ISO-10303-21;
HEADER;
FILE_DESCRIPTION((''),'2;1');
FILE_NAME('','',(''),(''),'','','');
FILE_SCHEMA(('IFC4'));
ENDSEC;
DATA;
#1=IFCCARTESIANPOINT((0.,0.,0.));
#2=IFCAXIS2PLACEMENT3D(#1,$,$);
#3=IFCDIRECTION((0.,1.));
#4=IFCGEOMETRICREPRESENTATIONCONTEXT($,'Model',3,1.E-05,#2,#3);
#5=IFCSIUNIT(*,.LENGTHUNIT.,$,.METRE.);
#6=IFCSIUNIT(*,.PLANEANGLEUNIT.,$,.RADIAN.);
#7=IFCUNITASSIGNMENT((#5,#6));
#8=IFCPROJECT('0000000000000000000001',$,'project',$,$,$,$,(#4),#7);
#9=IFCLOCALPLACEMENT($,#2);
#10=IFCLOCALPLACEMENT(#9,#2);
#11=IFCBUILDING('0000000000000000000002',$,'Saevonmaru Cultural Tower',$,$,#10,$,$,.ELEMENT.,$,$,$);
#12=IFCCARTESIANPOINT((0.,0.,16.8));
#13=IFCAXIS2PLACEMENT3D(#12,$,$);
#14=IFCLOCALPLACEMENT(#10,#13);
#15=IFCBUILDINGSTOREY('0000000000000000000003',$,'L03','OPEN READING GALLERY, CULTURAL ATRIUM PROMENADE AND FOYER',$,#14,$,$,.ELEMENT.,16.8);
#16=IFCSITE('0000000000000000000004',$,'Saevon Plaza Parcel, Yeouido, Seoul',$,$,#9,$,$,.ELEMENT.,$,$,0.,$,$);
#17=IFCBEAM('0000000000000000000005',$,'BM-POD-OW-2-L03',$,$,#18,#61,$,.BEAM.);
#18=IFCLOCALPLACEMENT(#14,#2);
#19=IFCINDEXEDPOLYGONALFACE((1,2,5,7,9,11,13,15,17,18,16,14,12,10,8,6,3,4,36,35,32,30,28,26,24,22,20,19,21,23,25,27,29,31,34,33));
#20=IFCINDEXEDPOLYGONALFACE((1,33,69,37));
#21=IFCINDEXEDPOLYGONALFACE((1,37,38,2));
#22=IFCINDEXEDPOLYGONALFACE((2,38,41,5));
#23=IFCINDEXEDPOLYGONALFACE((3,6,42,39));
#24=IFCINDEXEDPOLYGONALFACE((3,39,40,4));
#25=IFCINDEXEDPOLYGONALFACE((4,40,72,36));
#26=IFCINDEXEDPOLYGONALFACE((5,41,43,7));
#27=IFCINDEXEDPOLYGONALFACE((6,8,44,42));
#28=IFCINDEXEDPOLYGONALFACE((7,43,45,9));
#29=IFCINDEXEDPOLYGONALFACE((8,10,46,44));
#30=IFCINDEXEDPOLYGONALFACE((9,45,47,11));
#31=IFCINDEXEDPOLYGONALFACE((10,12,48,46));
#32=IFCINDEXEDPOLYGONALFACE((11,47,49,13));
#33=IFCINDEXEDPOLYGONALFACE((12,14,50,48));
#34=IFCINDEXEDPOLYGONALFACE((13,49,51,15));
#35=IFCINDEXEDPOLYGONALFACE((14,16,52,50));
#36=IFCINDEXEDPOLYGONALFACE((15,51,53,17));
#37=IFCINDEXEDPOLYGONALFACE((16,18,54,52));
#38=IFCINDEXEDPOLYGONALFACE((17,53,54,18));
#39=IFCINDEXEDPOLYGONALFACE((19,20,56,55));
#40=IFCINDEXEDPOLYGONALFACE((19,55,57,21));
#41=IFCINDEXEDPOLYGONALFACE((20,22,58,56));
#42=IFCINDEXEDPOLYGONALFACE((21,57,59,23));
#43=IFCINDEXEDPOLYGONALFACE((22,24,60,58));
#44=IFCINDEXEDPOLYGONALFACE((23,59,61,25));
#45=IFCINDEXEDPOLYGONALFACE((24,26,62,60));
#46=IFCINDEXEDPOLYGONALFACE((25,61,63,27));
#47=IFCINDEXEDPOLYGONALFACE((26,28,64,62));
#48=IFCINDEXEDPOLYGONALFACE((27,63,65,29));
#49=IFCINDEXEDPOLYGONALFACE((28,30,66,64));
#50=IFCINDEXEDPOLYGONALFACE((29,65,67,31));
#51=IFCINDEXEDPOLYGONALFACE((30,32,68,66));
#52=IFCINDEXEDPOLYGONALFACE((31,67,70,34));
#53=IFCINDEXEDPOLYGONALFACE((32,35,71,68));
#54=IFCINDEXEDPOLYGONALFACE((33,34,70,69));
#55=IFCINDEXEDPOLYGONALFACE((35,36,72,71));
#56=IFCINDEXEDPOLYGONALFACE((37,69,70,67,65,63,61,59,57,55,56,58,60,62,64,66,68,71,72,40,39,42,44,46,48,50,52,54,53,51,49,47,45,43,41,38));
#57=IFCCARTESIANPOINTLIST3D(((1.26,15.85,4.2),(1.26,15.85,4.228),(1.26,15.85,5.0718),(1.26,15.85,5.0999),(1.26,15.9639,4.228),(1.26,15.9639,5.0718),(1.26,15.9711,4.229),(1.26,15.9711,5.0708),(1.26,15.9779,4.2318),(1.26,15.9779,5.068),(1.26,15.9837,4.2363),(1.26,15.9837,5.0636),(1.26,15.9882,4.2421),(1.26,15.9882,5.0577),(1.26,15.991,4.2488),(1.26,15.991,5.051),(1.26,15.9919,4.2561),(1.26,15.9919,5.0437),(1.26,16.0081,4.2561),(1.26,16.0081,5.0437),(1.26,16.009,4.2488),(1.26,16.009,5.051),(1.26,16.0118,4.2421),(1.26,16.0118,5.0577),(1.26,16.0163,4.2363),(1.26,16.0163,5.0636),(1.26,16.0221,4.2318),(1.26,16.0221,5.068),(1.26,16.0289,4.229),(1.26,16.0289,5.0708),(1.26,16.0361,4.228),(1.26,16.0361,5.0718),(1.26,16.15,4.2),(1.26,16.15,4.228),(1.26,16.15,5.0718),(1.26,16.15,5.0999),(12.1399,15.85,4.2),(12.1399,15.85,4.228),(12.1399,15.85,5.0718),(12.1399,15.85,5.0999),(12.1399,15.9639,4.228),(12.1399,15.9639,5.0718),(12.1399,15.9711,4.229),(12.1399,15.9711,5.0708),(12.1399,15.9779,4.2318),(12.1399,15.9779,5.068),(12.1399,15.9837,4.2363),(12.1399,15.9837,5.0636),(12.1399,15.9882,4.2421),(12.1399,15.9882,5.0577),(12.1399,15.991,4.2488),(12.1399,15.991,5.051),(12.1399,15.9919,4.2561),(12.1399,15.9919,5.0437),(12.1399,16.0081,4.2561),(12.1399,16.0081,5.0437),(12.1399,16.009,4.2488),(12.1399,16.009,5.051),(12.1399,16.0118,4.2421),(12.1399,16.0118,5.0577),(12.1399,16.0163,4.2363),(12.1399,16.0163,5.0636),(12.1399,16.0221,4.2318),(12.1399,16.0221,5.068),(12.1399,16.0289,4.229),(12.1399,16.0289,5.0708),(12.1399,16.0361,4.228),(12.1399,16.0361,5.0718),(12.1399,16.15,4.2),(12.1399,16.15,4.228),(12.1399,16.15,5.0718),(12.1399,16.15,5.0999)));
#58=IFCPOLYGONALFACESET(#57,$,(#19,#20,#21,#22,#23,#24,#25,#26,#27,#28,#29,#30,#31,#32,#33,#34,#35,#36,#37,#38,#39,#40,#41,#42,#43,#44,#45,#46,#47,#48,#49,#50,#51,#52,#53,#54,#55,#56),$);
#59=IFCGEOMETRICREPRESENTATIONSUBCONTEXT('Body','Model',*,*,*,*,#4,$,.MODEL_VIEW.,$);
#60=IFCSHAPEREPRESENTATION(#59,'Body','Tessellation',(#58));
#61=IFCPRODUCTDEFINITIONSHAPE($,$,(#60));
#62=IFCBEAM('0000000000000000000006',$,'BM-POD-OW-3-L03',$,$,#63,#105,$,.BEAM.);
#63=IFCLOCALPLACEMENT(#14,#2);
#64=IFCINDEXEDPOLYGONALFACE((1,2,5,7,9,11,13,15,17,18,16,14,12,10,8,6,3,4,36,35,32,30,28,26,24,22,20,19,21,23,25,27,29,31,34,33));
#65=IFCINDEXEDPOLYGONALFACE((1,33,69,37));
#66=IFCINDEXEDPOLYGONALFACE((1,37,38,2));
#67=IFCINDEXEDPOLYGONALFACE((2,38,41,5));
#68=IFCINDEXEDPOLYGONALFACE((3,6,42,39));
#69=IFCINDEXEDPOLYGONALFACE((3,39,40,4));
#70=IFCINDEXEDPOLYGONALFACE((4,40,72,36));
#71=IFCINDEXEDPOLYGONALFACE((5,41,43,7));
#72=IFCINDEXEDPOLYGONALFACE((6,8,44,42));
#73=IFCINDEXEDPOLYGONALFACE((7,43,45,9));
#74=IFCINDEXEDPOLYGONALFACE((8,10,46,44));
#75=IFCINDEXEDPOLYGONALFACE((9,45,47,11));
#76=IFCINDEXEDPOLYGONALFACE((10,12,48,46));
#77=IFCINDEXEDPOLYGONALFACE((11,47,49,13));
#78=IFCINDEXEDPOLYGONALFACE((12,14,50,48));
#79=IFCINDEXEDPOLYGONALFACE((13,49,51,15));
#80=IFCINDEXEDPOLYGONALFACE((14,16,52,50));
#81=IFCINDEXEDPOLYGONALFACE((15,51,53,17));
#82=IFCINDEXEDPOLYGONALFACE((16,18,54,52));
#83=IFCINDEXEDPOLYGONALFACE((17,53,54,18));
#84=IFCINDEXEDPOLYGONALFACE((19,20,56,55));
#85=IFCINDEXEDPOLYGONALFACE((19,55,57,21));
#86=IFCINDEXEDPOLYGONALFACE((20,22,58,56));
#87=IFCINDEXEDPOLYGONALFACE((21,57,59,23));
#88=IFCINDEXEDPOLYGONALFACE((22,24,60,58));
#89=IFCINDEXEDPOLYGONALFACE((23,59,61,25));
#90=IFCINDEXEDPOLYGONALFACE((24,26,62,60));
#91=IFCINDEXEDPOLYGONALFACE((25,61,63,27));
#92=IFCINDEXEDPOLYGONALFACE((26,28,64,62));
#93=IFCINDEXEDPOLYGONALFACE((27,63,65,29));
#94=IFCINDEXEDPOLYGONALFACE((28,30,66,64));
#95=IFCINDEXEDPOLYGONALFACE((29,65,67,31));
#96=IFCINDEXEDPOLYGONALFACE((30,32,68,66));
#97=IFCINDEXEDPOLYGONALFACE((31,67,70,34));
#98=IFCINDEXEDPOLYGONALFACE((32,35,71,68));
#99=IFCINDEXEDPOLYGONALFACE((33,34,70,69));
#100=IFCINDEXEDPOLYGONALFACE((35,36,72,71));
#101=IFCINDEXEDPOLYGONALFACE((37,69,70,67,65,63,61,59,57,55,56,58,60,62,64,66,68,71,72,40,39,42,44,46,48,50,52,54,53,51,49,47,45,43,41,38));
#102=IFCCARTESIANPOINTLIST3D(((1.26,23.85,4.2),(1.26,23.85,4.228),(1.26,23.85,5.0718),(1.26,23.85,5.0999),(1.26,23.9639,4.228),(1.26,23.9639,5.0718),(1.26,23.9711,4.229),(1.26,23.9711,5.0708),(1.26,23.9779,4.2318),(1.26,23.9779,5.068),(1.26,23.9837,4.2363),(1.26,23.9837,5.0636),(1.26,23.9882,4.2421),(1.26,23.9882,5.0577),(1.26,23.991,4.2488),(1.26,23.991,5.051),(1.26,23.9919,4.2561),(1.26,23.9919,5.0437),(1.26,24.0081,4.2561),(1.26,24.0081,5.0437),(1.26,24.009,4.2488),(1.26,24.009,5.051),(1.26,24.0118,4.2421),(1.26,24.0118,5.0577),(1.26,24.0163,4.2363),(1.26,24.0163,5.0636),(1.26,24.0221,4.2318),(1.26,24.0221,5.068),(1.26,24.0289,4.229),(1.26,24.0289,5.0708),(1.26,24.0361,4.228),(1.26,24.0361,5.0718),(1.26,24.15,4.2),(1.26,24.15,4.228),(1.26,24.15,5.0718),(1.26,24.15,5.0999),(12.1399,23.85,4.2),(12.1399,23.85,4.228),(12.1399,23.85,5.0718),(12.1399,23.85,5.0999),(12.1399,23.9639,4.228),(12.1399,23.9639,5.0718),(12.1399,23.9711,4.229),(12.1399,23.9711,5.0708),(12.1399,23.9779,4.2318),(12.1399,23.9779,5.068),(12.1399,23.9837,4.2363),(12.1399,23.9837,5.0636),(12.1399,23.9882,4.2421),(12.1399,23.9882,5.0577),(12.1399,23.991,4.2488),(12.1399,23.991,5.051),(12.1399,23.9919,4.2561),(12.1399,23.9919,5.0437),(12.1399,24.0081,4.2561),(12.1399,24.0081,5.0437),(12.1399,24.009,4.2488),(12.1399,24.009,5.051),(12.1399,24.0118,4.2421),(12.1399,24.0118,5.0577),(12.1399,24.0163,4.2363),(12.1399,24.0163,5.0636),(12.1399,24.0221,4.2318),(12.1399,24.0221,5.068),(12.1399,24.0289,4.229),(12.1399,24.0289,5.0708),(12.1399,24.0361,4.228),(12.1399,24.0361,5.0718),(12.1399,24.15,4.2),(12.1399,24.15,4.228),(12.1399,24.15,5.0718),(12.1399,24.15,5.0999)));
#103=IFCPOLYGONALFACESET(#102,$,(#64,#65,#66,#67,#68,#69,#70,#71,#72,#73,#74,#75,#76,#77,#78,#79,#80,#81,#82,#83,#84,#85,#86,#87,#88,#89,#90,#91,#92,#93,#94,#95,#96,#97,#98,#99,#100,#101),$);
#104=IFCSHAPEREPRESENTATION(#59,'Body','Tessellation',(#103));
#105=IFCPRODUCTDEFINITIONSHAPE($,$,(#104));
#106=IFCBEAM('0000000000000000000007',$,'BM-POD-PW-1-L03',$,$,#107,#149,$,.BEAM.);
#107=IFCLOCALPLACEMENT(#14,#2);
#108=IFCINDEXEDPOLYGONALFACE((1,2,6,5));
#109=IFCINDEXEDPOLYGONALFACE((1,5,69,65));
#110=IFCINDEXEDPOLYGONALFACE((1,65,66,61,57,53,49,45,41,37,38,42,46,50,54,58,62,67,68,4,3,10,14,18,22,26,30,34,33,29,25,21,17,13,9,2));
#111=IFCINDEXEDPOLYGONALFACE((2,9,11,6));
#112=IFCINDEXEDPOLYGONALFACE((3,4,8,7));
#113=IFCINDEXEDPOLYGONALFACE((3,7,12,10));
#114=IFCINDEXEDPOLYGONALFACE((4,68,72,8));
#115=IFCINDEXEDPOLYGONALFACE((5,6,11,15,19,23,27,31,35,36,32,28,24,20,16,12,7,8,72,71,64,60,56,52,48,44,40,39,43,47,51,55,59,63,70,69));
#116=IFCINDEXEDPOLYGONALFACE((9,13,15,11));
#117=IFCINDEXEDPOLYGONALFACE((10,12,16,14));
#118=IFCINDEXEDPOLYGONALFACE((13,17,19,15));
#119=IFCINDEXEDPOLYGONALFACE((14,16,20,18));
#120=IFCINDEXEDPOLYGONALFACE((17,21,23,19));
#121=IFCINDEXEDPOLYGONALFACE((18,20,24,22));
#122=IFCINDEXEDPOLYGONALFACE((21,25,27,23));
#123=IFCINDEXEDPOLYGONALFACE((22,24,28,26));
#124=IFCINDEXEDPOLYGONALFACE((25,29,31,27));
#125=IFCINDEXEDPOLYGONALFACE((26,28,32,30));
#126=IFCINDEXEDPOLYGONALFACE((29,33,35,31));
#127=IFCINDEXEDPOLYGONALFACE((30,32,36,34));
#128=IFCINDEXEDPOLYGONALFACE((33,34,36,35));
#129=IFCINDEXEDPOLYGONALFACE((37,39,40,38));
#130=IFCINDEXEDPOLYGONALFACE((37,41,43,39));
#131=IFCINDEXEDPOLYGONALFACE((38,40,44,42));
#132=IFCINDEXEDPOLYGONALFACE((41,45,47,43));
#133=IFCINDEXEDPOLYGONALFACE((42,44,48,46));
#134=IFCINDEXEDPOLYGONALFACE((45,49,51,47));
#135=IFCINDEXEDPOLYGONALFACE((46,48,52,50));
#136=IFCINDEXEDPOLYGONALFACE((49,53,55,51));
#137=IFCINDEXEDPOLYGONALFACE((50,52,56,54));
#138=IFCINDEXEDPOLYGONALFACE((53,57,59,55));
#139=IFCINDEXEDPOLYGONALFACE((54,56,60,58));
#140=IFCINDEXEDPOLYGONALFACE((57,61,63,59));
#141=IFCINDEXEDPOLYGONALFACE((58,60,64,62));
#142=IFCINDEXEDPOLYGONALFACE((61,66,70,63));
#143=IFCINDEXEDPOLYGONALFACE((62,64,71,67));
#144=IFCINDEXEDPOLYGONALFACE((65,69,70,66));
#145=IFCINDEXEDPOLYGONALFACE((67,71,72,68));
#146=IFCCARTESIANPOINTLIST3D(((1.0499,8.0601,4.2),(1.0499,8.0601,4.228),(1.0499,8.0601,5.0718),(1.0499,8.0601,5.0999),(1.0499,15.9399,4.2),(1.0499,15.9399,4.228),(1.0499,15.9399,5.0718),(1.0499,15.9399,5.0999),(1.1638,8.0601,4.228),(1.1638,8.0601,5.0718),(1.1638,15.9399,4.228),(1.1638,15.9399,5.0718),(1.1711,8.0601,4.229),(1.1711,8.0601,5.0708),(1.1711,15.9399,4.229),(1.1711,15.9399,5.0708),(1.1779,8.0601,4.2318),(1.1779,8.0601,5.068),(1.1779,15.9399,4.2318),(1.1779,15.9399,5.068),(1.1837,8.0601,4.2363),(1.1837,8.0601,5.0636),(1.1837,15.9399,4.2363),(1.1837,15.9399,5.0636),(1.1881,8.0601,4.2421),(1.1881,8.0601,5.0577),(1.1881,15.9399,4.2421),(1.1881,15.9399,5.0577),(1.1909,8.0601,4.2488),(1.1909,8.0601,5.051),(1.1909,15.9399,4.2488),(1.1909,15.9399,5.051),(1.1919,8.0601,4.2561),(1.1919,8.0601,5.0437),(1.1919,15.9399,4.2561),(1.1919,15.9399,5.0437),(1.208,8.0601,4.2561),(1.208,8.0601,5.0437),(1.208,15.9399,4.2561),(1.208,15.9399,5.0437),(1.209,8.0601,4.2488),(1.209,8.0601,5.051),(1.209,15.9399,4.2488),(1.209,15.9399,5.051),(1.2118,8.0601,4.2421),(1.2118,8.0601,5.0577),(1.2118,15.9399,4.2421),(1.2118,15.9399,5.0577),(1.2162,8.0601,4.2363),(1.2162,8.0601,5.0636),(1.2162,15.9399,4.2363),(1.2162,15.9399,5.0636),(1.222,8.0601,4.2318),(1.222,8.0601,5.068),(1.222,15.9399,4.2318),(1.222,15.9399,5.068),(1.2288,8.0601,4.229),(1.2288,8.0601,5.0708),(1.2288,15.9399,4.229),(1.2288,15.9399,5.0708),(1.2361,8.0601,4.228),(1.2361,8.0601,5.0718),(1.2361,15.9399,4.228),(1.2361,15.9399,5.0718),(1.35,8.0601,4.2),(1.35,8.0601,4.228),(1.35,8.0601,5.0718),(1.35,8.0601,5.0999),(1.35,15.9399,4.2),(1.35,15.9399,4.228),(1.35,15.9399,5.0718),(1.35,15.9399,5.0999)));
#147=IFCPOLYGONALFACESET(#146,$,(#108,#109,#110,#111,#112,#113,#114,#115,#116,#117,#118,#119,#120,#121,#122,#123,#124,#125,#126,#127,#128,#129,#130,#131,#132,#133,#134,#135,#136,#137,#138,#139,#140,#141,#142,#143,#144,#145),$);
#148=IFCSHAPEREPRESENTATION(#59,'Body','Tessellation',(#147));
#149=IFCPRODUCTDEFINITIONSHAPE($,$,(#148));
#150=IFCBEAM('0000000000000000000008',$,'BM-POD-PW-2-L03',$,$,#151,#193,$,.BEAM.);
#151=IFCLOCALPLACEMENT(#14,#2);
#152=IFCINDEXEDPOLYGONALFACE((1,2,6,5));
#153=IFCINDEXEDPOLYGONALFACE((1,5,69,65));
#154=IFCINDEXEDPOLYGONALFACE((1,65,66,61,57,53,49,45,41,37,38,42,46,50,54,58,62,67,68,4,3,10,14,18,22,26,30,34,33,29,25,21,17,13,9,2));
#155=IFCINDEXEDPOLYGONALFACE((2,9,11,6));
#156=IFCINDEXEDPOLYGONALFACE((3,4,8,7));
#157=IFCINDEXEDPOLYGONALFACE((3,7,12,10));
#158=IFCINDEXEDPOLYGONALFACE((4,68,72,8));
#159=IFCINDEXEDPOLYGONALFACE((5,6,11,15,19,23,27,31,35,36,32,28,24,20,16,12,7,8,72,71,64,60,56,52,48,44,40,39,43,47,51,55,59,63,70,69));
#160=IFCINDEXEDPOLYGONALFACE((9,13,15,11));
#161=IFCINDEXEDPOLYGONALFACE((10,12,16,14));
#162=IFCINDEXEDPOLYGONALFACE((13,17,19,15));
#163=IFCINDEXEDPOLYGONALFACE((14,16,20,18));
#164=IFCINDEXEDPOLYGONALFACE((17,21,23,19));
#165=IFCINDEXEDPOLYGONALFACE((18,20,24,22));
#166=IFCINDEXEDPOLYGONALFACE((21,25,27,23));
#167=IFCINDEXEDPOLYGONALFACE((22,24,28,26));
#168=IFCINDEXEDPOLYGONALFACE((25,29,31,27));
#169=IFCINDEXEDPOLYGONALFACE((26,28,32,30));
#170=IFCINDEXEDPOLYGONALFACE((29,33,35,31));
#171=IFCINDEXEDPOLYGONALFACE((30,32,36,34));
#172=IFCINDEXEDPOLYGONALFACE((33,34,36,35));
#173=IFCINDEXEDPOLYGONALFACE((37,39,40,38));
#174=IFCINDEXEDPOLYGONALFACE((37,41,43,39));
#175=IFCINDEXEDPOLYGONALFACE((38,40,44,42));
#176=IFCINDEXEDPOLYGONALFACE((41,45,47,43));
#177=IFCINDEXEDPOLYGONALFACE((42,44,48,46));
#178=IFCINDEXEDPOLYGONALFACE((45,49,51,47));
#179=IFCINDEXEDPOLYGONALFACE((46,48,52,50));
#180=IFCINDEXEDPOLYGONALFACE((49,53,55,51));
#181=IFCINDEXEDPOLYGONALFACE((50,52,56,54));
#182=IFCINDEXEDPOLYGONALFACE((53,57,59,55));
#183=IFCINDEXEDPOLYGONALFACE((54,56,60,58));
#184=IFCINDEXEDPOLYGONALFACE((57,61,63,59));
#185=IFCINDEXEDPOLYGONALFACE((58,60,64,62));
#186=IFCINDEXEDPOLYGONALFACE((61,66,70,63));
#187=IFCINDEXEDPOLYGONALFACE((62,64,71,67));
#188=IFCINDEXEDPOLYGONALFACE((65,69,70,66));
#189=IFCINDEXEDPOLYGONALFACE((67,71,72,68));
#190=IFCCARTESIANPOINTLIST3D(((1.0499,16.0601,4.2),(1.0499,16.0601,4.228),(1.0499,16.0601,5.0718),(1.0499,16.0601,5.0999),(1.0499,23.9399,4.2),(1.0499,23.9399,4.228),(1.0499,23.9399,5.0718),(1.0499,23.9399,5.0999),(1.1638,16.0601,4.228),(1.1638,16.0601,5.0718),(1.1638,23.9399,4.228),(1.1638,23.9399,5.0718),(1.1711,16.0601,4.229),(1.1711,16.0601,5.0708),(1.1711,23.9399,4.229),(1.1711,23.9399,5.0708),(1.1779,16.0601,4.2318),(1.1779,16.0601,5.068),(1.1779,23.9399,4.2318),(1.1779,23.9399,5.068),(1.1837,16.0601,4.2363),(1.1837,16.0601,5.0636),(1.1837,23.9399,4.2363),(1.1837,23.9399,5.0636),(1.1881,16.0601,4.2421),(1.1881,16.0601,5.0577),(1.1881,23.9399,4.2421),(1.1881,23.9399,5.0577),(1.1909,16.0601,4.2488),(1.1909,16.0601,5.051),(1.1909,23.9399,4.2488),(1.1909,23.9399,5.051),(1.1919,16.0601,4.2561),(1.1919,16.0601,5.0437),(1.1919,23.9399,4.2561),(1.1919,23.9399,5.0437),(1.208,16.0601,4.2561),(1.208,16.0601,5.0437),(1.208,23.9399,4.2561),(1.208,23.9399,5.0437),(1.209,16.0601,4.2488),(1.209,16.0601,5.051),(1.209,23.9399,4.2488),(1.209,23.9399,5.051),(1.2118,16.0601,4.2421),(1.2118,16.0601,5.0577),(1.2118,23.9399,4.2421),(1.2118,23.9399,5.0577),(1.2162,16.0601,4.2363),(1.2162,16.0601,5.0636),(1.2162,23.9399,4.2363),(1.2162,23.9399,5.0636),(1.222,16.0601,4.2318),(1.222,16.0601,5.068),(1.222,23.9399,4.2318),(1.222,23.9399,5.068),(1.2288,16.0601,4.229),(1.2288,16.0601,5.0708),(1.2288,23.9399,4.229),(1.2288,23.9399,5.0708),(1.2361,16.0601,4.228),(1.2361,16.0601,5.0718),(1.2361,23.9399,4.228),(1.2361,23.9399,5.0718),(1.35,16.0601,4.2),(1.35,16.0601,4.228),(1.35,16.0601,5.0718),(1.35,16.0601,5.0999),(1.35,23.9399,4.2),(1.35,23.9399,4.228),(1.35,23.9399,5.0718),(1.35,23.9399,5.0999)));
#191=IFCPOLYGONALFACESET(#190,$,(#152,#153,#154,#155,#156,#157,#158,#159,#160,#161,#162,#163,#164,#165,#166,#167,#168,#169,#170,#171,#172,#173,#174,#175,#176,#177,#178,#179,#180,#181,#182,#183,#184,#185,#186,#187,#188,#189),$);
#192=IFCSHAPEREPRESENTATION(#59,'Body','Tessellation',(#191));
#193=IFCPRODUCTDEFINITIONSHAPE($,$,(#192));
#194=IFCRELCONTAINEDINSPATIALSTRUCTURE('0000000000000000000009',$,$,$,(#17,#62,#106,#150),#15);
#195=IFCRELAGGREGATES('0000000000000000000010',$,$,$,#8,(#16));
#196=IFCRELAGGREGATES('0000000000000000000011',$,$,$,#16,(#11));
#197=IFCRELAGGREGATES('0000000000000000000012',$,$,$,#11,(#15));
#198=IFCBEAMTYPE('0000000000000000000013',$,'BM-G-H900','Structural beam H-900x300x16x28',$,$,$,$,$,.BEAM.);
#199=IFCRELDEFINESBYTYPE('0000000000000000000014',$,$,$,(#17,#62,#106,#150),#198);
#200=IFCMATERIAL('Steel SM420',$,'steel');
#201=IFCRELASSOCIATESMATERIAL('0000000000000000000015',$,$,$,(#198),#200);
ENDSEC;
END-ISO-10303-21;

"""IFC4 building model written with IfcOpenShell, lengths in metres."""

from ifc_helpers import new_model, si_unit, direction, frame, origin, origin_2d, place, context, subcontext, project, spatial, i_section, extrude, material, material_profile, profile_set, type_object, element, save


model = new_model("IFC4")

# Units and contexts
model_context = context("Model", 3, precision=1e-05, world=origin(), true_north=direction((0.0, 1.0)))
body_context = subcontext(model_context, "Body", "Model", "MODEL_VIEW")
ifc_project = project(units=[si_unit("LENGTHUNIT", "METRE"), si_unit("PLANEANGLEUNIT", "RADIAN")], contexts=[model_context])

# Site, building, storey
site_placement = place(None, origin())
site = spatial("IfcSite", under=ifc_project, at=site_placement, Name="Saevon Plaza Parcel, Yeouido, Seoul", CompositionType="ELEMENT", RefElevation=0.0)
building_placement = place(site_placement, origin())
building = spatial("IfcBuilding", under=site, at=building_placement, Name="Saevonmaru Cultural Tower", CompositionType="ELEMENT")
storey_placement = place(building_placement, frame((0.0, 0.0, 16.8)))
storey = spatial("IfcBuildingStorey", under=building, at=storey_placement, Name="L03", Description="OPEN READING GALLERY, CULTURAL ATRIUM PROMENADE AND FOYER", CompositionType="ELEMENT", Elevation=16.8)

# Shared definitions
ifc_material_1 = material(Name="Steel SM420", Category="steel")

# Beams
ifc_material_profile_1 = material_profile(ifc_material_1, i_section(OverallWidth=0.3, OverallDepth=0.8999, WebThickness=0.0161, FlangeThickness=0.0281, FilletRadius=0.0281, at=origin_2d()), Name="H-900x300x16x28")
ifc_profile_set_1 = profile_set([ifc_material_profile_1], Name="Steel SM420")
beam_type_1 = type_object("IfcBeamType", Name="BM-G-H900", Description="Structural beam H-900x300x16x28", PredefinedType="BEAM", material=ifc_profile_set_1)
for number, where, z_axis, x_axis, name in (
    (1, (1.26, 16.0, 4.6499), (1.0, 0.0, 0.0), (0.0, 1.0, 0.0), "BM-POD-OW-2-L03"),
    (2, (1.26, 24.0, 4.6499), (1.0, 0.0, 0.0), (0.0, 1.0, 0.0), "BM-POD-OW-3-L03"),
):
    element("IfcBeam", number, at=place(storey_placement, frame(where, z_axis=z_axis, x_axis=x_axis)), inside=storey, type_object=beam_type_1, Name=name, PredefinedType="BEAM", context=body_context, shape_type="SweptSolid", body=[
        extrude(i_section(OverallWidth=0.3, OverallDepth=0.8999, WebThickness=0.0161, FlangeThickness=0.0281, FilletRadius=0.0281, at=origin_2d()), origin(), (0.0, 0.0, 1.0), 10.8799),
    ])
for number, where, z_axis, x_axis, name in (
    (3, (1.2, 8.0601, 4.6499), (0.0, 1.0, 0.0), (-1.0, 0.0, 0.0), "BM-POD-PW-1-L03"),
    (4, (1.2, 16.0601, 4.6499), (0.0, 1.0, 0.0), (-1.0, 0.0, 0.0), "BM-POD-PW-2-L03"),
):
    element("IfcBeam", number, at=place(storey_placement, frame(where, z_axis=z_axis, x_axis=x_axis)), inside=storey, type_object=beam_type_1, Name=name, PredefinedType="BEAM", context=body_context, shape_type="SweptSolid", body=[
        extrude(i_section(OverallWidth=0.3, OverallDepth=0.8999, WebThickness=0.0161, FlangeThickness=0.0281, FilletRadius=0.0281, at=origin_2d()), origin(), (0.0, 0.0, 1.0), 7.8799),
    ])

save(model, "model.ifc")
